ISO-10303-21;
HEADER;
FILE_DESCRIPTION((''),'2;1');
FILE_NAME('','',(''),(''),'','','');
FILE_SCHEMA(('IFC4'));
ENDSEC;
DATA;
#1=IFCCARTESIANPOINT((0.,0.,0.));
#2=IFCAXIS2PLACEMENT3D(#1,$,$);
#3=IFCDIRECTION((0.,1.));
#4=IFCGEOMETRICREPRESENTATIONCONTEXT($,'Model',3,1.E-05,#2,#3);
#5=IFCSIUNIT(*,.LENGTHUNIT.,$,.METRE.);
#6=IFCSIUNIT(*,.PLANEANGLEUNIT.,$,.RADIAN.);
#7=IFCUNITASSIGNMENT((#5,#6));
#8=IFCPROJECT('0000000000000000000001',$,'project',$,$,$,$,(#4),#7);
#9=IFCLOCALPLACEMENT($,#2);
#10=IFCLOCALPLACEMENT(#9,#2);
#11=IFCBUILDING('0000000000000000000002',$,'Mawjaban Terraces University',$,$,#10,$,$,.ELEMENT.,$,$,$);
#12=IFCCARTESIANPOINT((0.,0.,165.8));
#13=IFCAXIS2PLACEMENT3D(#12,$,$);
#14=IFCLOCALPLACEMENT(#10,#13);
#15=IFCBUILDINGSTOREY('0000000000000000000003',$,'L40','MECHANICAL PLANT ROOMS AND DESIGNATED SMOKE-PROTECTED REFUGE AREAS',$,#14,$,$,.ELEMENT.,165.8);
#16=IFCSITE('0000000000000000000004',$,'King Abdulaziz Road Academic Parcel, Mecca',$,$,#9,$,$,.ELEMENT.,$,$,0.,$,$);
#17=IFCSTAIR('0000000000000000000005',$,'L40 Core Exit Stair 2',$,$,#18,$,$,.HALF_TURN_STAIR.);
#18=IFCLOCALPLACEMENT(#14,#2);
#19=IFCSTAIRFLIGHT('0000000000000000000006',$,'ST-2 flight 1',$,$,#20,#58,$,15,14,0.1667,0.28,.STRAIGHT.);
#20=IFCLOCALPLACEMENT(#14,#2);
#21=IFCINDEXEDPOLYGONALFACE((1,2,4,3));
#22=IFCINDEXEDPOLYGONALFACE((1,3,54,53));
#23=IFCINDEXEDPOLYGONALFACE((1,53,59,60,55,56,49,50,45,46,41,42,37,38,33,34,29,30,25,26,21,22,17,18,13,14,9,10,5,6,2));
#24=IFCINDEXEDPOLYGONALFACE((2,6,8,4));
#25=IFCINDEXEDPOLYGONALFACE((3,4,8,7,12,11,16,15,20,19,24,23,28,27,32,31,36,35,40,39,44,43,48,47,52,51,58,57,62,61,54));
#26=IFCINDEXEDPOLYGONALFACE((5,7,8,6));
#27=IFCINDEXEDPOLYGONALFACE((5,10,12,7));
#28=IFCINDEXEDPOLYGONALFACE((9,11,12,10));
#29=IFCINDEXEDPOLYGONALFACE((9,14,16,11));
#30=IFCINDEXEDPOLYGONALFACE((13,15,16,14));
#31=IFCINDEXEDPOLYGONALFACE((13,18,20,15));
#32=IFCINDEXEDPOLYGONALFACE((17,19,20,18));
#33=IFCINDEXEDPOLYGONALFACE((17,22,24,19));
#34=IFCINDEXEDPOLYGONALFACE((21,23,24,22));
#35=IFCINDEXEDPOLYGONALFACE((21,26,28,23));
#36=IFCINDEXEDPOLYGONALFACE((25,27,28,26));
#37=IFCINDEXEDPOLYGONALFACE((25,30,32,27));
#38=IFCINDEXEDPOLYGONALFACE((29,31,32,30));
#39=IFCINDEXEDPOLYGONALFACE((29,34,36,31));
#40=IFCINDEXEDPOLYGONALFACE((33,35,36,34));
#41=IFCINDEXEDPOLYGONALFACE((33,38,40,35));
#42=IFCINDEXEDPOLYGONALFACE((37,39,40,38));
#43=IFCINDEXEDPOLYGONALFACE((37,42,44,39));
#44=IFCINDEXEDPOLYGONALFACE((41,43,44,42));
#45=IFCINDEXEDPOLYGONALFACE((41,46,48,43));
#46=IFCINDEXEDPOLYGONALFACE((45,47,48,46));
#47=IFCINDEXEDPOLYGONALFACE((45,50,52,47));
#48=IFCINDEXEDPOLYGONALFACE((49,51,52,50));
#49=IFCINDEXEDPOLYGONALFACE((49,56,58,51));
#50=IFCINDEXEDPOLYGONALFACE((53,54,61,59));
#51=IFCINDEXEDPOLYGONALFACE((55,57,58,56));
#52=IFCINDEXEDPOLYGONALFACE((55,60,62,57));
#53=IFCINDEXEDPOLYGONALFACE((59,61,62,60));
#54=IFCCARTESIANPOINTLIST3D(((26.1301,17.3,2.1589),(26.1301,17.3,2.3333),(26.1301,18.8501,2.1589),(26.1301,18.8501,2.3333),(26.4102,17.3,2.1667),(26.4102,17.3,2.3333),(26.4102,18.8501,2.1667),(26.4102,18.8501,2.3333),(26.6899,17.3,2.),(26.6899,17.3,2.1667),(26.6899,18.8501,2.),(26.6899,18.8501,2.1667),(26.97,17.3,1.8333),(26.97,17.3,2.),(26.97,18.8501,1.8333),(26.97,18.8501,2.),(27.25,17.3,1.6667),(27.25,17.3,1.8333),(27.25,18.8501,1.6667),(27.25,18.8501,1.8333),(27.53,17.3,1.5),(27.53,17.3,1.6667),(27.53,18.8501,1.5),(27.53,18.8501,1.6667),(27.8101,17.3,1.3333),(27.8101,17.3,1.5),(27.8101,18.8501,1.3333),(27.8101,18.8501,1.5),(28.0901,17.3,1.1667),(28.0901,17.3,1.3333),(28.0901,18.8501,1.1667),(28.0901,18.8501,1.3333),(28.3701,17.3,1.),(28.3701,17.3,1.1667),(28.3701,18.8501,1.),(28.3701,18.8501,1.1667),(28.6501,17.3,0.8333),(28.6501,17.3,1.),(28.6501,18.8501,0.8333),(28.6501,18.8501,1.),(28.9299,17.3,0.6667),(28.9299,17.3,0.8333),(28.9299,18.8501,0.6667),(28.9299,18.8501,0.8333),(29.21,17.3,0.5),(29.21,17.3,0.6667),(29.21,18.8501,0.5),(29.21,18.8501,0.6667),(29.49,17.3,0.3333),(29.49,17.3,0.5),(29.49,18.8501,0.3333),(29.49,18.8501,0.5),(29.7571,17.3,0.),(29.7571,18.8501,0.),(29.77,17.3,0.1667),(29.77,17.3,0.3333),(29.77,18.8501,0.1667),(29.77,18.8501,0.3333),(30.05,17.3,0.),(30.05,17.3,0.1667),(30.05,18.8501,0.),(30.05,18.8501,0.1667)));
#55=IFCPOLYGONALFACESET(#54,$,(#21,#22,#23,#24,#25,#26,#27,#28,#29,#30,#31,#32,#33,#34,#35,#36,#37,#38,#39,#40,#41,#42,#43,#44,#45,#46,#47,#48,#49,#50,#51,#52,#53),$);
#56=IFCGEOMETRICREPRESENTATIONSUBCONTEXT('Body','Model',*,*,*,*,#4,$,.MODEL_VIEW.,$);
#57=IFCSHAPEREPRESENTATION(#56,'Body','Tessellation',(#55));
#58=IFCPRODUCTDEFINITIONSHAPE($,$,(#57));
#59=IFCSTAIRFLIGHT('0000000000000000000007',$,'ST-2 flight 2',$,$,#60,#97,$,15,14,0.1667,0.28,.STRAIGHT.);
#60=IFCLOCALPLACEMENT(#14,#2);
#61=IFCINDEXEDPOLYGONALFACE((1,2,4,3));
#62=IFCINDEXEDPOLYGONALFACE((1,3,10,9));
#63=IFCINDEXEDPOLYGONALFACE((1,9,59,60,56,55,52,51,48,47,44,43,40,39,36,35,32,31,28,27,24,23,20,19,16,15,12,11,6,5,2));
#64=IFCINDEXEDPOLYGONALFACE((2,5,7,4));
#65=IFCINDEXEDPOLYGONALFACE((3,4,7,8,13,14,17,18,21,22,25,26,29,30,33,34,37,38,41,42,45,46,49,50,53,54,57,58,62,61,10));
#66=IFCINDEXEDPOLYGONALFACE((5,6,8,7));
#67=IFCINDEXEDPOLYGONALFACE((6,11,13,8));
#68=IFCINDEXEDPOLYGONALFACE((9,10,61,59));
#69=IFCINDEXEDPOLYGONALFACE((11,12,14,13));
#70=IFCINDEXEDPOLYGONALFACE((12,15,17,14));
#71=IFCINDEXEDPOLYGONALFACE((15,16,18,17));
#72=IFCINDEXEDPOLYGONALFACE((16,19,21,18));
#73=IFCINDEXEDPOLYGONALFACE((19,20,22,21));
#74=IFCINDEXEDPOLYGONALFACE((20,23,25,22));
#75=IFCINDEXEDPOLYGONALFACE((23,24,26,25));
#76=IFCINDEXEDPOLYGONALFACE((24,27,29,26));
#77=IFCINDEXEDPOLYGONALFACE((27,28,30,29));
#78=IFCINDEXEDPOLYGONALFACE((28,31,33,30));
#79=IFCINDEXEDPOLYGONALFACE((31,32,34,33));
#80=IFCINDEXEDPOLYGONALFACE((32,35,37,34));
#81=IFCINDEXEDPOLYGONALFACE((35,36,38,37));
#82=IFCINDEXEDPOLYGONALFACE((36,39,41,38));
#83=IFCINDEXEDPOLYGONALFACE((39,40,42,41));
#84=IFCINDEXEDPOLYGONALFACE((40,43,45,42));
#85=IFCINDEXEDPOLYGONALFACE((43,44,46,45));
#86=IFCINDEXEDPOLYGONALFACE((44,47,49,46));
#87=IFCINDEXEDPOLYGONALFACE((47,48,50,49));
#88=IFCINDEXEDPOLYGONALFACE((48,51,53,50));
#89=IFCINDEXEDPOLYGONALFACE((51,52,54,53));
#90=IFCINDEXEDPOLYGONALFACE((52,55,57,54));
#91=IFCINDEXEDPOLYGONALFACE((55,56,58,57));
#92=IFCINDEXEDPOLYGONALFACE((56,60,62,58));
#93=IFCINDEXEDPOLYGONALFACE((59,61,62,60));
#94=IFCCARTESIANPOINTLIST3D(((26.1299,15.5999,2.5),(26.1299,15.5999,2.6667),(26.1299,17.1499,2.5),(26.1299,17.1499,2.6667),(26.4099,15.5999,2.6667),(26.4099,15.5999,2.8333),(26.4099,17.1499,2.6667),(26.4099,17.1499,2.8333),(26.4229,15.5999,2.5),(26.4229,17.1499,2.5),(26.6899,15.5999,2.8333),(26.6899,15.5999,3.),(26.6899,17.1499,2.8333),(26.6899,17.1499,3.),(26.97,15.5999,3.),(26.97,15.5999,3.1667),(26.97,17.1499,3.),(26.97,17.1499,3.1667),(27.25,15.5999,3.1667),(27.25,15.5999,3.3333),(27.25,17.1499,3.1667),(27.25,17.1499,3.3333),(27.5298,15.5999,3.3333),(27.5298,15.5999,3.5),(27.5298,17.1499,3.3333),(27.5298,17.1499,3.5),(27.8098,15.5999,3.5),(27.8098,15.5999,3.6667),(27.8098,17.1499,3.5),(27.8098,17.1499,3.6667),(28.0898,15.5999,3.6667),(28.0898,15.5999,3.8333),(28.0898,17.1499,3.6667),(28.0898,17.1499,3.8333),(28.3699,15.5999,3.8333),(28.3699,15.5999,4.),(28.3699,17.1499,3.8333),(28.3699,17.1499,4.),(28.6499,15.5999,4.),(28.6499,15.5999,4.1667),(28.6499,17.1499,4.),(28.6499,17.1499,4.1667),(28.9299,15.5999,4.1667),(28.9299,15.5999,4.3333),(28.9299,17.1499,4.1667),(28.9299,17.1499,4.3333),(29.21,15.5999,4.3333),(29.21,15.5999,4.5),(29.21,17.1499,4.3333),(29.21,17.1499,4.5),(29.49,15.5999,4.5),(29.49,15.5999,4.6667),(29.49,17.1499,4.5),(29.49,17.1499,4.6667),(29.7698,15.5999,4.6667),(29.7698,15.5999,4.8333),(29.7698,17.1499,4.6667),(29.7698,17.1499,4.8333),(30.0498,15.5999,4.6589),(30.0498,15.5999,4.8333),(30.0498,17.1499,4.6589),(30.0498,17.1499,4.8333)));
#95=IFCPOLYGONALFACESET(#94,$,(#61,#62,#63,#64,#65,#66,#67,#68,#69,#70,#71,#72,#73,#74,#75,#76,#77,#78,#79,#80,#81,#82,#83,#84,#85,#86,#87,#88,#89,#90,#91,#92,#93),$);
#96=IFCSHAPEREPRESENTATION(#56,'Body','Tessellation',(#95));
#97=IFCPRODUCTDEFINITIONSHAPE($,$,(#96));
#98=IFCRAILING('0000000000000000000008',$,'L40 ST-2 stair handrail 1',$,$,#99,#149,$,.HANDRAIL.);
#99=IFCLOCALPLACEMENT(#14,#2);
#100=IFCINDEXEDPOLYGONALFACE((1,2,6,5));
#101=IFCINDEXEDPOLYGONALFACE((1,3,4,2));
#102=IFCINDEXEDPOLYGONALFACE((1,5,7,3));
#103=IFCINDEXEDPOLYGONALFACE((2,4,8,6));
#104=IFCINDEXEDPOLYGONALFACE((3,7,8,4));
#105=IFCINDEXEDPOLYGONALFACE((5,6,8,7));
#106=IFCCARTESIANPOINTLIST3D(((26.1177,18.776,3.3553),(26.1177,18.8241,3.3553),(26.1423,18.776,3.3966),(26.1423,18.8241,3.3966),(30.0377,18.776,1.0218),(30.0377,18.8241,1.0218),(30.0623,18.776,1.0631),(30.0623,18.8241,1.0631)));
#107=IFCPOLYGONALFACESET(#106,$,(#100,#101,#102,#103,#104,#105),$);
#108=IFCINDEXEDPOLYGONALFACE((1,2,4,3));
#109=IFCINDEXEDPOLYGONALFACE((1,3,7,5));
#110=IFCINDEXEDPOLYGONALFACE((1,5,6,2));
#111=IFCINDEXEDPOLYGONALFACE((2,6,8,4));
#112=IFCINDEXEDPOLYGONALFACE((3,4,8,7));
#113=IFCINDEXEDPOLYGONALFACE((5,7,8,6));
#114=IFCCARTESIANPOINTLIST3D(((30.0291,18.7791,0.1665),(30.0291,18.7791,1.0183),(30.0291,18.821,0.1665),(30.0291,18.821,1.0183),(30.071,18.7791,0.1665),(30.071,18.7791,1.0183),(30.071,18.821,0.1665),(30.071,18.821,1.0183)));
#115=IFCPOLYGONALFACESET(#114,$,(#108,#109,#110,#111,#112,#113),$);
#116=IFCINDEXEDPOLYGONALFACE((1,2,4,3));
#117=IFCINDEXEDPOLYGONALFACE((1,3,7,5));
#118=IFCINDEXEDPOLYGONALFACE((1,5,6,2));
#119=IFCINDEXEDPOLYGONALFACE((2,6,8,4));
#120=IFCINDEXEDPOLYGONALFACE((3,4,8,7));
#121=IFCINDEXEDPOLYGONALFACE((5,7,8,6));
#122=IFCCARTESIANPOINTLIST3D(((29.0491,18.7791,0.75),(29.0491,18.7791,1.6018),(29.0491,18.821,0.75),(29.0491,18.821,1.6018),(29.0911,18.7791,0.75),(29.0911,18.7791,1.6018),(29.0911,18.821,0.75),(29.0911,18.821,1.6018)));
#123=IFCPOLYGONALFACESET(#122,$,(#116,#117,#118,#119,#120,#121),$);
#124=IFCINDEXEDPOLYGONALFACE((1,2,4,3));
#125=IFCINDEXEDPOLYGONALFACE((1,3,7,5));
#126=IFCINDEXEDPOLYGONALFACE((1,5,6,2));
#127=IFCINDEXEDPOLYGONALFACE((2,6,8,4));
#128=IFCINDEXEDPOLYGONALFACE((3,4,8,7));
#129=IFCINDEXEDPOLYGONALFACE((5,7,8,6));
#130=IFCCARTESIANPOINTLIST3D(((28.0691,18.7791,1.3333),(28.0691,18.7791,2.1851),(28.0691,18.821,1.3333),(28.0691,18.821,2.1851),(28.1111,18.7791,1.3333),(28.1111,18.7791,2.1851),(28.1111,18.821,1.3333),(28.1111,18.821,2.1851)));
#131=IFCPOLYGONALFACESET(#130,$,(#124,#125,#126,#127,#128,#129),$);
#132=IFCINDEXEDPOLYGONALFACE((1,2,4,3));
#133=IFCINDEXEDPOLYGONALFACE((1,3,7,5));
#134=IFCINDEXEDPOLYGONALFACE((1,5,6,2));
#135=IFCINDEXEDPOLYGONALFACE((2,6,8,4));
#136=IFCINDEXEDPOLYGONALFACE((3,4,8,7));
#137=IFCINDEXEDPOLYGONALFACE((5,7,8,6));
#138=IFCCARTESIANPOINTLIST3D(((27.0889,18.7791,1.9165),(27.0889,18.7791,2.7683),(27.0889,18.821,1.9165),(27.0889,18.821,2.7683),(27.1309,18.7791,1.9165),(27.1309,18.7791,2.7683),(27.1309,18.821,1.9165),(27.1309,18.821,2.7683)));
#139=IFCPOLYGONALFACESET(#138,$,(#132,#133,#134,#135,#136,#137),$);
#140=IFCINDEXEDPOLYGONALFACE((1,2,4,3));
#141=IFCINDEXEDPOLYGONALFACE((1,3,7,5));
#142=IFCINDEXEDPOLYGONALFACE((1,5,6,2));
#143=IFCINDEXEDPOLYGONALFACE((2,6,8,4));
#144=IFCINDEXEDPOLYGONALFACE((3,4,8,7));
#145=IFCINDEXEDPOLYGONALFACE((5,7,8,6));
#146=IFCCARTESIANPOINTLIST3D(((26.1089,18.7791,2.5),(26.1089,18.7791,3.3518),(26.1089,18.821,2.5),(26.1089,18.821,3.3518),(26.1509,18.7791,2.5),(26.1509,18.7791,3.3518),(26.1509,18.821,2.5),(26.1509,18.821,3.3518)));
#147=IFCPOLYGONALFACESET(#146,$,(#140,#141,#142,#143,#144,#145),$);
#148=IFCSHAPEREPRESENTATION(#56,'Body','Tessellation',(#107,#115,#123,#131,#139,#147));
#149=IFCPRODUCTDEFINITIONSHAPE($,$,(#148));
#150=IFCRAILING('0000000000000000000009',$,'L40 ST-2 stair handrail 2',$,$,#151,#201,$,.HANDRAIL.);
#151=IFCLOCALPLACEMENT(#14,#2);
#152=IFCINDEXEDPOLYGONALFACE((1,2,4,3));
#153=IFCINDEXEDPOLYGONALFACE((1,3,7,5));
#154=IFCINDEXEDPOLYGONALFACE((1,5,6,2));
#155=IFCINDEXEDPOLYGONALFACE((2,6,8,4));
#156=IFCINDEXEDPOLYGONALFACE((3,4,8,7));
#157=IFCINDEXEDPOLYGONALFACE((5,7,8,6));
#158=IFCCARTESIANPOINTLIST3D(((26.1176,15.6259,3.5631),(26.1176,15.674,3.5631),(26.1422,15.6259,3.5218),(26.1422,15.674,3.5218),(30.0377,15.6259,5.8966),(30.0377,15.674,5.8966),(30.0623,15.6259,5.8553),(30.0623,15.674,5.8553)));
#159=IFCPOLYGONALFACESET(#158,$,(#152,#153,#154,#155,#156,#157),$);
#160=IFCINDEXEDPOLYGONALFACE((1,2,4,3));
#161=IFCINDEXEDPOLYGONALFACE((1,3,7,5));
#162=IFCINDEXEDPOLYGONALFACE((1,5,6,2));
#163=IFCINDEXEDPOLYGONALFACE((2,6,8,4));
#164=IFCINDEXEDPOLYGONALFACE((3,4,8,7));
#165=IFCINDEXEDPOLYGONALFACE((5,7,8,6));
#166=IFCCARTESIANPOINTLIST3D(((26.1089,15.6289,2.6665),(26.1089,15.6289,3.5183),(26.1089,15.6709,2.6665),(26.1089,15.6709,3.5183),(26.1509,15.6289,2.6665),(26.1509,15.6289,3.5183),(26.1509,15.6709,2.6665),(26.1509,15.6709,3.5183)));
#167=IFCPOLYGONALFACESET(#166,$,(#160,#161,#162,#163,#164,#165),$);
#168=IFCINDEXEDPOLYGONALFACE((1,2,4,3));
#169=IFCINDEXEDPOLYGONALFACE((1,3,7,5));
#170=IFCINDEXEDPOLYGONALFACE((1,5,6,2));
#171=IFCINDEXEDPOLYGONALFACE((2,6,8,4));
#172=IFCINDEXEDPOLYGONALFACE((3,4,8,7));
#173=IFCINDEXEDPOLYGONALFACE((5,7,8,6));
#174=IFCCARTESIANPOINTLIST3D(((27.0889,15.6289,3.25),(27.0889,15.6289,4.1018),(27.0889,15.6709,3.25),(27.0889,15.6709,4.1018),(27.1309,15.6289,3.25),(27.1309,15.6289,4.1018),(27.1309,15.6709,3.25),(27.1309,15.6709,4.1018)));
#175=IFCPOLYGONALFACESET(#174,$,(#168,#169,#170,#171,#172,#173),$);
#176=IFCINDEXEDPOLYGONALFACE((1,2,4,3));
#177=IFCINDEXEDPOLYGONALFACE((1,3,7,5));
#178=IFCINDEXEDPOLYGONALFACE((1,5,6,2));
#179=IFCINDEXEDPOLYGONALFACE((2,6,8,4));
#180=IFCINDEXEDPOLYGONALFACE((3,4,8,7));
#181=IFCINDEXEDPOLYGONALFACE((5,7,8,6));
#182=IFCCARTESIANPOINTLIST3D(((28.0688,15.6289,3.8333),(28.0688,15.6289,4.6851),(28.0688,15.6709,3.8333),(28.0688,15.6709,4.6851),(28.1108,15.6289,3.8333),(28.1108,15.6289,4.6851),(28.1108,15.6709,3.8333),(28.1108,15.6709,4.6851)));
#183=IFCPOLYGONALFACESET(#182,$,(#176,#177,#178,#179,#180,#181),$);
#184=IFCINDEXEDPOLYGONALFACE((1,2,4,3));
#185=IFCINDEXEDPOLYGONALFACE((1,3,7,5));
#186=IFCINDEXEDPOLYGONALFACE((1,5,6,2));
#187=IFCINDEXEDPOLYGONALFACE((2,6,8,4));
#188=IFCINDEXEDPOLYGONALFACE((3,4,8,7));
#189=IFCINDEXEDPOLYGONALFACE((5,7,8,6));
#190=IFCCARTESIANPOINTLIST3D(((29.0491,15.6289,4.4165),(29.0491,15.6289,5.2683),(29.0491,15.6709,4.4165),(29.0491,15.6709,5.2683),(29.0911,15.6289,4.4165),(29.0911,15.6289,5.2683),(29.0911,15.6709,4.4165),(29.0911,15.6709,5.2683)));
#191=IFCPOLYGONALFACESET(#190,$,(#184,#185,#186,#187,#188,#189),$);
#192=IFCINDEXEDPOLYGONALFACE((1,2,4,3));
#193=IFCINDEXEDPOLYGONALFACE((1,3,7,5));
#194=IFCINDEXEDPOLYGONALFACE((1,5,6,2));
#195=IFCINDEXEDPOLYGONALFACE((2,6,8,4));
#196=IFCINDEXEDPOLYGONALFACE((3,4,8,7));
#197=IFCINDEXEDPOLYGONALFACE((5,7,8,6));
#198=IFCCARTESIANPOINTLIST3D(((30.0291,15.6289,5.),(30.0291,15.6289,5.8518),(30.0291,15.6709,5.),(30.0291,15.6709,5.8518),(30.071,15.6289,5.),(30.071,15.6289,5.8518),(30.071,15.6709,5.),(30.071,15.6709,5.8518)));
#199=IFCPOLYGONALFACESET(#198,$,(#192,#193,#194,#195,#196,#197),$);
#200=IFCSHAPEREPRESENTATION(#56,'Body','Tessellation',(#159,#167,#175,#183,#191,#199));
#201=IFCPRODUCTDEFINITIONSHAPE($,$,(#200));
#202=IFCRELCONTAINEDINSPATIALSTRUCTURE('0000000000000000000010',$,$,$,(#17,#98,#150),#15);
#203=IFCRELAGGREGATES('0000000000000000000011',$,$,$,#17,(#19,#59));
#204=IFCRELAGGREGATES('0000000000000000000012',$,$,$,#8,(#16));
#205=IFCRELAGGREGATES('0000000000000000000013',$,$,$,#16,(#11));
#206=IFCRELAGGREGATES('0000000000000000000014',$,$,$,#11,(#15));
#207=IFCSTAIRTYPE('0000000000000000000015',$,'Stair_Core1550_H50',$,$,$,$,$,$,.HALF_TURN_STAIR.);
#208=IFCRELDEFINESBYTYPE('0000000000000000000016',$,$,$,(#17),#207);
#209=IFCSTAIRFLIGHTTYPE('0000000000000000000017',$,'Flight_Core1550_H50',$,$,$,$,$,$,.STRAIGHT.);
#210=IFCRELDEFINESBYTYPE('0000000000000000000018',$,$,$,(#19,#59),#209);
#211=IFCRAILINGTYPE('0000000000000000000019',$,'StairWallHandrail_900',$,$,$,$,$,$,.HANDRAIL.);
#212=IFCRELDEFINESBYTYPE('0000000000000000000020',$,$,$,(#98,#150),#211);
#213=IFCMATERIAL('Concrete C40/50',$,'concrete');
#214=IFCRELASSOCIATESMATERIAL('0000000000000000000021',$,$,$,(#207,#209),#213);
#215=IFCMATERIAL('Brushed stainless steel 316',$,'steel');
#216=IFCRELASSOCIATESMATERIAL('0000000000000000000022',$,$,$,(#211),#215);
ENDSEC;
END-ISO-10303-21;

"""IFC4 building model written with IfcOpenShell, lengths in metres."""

from ifc_helpers import new_model, si_unit, direction, frame, origin, origin_2d, place, context, subcontext, project, spatial, polyline, rectangle, outline, extrude, material, type_object, element, aggregate, save


model = new_model("IFC4")

# Units and contexts
model_context = context("Model", 3, precision=1e-05, world=origin(), true_north=direction((0.0, 1.0)))
body_context = subcontext(model_context, "Body", "Model", "MODEL_VIEW")
ifc_project = project(units=[si_unit("LENGTHUNIT", "METRE"), si_unit("PLANEANGLEUNIT", "RADIAN")], contexts=[model_context])

# Site, building, storey
site_placement = place(None, origin())
site = spatial("IfcSite", under=ifc_project, at=site_placement, Name="King Abdulaziz Road Academic Parcel, Mecca", CompositionType="ELEMENT", RefElevation=0.0)
building_placement = place(site_placement, origin())
building = spatial("IfcBuilding", under=site, at=building_placement, Name="Mawjaban Terraces University", CompositionType="ELEMENT")
storey_placement = place(building_placement, frame((0.0, 0.0, 165.8)))
storey = spatial("IfcBuildingStorey", under=building, at=storey_placement, Name="L40", Description="MECHANICAL PLANT ROOMS AND DESIGNATED SMOKE-PROTECTED REFUGE AREAS", CompositionType="ELEMENT", Elevation=165.8)

# Shared definitions
ifc_material_1 = material(Name="Concrete C40/50", Category="concrete")

# Stair, stair flights
stair_type = type_object("IfcStairType", Name="Stair_Core1550_H50", PredefinedType="HALF_TURN_STAIR", material=ifc_material_1)
stair_placement = place(storey_placement, origin())
stair = element("IfcStair", 1, at=stair_placement, inside=storey, type_object=stair_type, Name="L40 Core Exit Stair 2", PredefinedType="HALF_TURN_STAIR")
stair_flight_type = type_object("IfcStairFlightType", Name="Flight_Core1550_H50", PredefinedType="STRAIGHT", material=ifc_material_1)
stair_flight_1_placement = place(storey_placement, frame((30.05, 18.075, 0.0), z_axis=(0.0, 0.0, 1.0), x_axis=(-1.0, 0.0, 0.0)))
stair_flight_1 = element("IfcStairFlight", 2, at=stair_flight_1_placement, type_object=stair_flight_type, Name="ST-2 flight 1", NumberOfRisers=15, NumberOfTreads=14, PredefinedType="STRAIGHT", RiserHeight=0.1667, TreadLength=0.28, context=body_context, shape_type="SweptSolid", body=[
    extrude(outline(polyline([(0.0, 0.0), (0.0, 0.1667), (0.28, 0.1667), (0.28, 0.3333), (0.5601, 0.3333), (0.5601, 0.5), (0.8401, 0.5), (0.8401, 0.6667), (1.1201, 0.6667), (1.1201, 0.8333), (1.3999, 0.8333), (1.3999, 1.0), (1.6799, 1.0), (1.6799, 1.1667), (1.96, 1.1667), (1.96, 1.3333), (2.24, 1.3333), (2.24, 1.5), (2.52, 1.5), (2.52, 1.6667), (2.8, 1.6667), (2.8, 1.8333), (3.0801, 1.8333), (3.0801, 2.0), (3.3601, 2.0), (3.3601, 2.1667), (3.6399, 2.1667), (3.6399, 2.3333), (3.9199, 2.3333), (3.9199, 2.5), (3.9199, 2.1589), (0.293, 0.0), (0.0, 0.0)])), frame((0.0, 0.7749, 0.0), z_axis=(0.0, -1.0, 0.0), x_axis=(1.0, 0.0, 0.0)), (0.0, 0.0, 1.0), 1.55),
])
stair_flight_2_placement = place(storey_placement, frame((26.1299, 16.375, 2.5), z_axis=(0.0, 0.0, 1.0), x_axis=(1.0, 0.0, 0.0)))
stair_flight_2 = element("IfcStairFlight", 3, at=stair_flight_2_placement, type_object=stair_flight_type, Name="ST-2 flight 2", NumberOfRisers=15, NumberOfTreads=14, PredefinedType="STRAIGHT", RiserHeight=0.1667, TreadLength=0.28, context=body_context, shape_type="SweptSolid", body=[
    extrude(outline(polyline([(0.0, 0.0), (0.0, 0.1667), (0.28, 0.1667), (0.28, 0.3333), (0.5601, 0.3333), (0.5601, 0.5), (0.8401, 0.5), (0.8401, 0.6667), (1.1201, 0.6667), (1.1201, 0.8333), (1.3999, 0.8333), (1.3999, 1.0), (1.6799, 1.0), (1.6799, 1.1667), (1.96, 1.1667), (1.96, 1.3333), (2.24, 1.3333), (2.24, 1.5), (2.52, 1.5), (2.52, 1.6667), (2.8, 1.6667), (2.8, 1.8333), (3.0801, 1.8333), (3.0801, 2.0), (3.3601, 2.0), (3.3601, 2.1667), (3.6399, 2.1667), (3.6399, 2.3333), (3.9199, 2.3333), (3.9199, 2.5), (3.9199, 2.1589), (0.293, 0.0), (0.0, 0.0)])), frame((0.0, 0.7749, 0.0), z_axis=(0.0, -1.0, 0.0), x_axis=(1.0, 0.0, 0.0)), (0.0, 0.0, 1.0), 1.55),
])
aggregate(stair, [stair_flight_1, stair_flight_2])

# Railings
ifc_material_2 = material(Name="Brushed stainless steel 316", Category="steel")
railing_type_1 = type_object("IfcRailingType", Name="StairWallHandrail_900", PredefinedType="HANDRAIL", material=ifc_material_2)
railing_1_placement = place(storey_placement, frame((30.05, 18.8, 0.1665)))
element("IfcRailing", 4, at=railing_1_placement, inside=storey, type_object=railing_type_1, Name="L40 ST-2 stair handrail 1", PredefinedType="HANDRAIL", context=body_context, shape_type="SweptSolid", body=[
    extrude(rectangle(XDim=0.0481, YDim=0.0481, at=origin_2d()), frame((0.0, 0.0, 0.876), z_axis=(-0.859287, 0.0, 0.511494), x_axis=(0.0, -1.0, 0.0)), (0.0, 0.0, 1.0), 4.562),
    extrude(rectangle(XDim=0.042, YDim=0.042, at=origin_2d()), origin(), (0.0, 0.0, 1.0), 0.8518),
    extrude(rectangle(XDim=0.042, YDim=0.042, at=origin_2d()), frame((-0.98, 0.0, 0.5835)), (0.0, 0.0, 1.0), 0.8518),
    extrude(rectangle(XDim=0.042, YDim=0.042, at=origin_2d()), frame((-1.96, 0.0, 1.1667)), (0.0, 0.0, 1.0), 0.8518),
    extrude(rectangle(XDim=0.042, YDim=0.042, at=origin_2d()), frame((-2.9402, 0.0, 1.75)), (0.0, 0.0, 1.0), 0.8518),
    extrude(rectangle(XDim=0.042, YDim=0.042, at=origin_2d()), frame((-3.9202, 0.0, 2.3335)), (0.0, 0.0, 1.0), 0.8518),
])
railing_2_placement = place(storey_placement, frame((26.1299, 15.6499, 2.6665)))
element("IfcRailing", 5, at=railing_2_placement, inside=storey, type_object=railing_type_1, Name="L40 ST-2 stair handrail 2", PredefinedType="HANDRAIL", context=body_context, shape_type="SweptSolid", body=[
    extrude(rectangle(XDim=0.0481, YDim=0.0481, at=origin_2d()), frame((0.0, 0.0, 0.876), z_axis=(0.859287, 0.0, 0.511494), x_axis=(0.0, 1.0, 0.0)), (0.0, 0.0, 1.0), 4.562),
    extrude(rectangle(XDim=0.042, YDim=0.042, at=origin_2d()), origin(), (0.0, 0.0, 1.0), 0.8518),
    extrude(rectangle(XDim=0.042, YDim=0.042, at=origin_2d()), frame((0.98, 0.0, 0.5835)), (0.0, 0.0, 1.0), 0.8518),
    extrude(rectangle(XDim=0.042, YDim=0.042, at=origin_2d()), frame((1.96, 0.0, 1.1667)), (0.0, 0.0, 1.0), 0.8518),
    extrude(rectangle(XDim=0.042, YDim=0.042, at=origin_2d()), frame((2.9402, 0.0, 1.75)), (0.0, 0.0, 1.0), 0.8518),
    extrude(rectangle(XDim=0.042, YDim=0.042, at=origin_2d()), frame((3.9202, 0.0, 2.3335)), (0.0, 0.0, 1.0), 0.8518),
])

save(model, "model.ifc")
